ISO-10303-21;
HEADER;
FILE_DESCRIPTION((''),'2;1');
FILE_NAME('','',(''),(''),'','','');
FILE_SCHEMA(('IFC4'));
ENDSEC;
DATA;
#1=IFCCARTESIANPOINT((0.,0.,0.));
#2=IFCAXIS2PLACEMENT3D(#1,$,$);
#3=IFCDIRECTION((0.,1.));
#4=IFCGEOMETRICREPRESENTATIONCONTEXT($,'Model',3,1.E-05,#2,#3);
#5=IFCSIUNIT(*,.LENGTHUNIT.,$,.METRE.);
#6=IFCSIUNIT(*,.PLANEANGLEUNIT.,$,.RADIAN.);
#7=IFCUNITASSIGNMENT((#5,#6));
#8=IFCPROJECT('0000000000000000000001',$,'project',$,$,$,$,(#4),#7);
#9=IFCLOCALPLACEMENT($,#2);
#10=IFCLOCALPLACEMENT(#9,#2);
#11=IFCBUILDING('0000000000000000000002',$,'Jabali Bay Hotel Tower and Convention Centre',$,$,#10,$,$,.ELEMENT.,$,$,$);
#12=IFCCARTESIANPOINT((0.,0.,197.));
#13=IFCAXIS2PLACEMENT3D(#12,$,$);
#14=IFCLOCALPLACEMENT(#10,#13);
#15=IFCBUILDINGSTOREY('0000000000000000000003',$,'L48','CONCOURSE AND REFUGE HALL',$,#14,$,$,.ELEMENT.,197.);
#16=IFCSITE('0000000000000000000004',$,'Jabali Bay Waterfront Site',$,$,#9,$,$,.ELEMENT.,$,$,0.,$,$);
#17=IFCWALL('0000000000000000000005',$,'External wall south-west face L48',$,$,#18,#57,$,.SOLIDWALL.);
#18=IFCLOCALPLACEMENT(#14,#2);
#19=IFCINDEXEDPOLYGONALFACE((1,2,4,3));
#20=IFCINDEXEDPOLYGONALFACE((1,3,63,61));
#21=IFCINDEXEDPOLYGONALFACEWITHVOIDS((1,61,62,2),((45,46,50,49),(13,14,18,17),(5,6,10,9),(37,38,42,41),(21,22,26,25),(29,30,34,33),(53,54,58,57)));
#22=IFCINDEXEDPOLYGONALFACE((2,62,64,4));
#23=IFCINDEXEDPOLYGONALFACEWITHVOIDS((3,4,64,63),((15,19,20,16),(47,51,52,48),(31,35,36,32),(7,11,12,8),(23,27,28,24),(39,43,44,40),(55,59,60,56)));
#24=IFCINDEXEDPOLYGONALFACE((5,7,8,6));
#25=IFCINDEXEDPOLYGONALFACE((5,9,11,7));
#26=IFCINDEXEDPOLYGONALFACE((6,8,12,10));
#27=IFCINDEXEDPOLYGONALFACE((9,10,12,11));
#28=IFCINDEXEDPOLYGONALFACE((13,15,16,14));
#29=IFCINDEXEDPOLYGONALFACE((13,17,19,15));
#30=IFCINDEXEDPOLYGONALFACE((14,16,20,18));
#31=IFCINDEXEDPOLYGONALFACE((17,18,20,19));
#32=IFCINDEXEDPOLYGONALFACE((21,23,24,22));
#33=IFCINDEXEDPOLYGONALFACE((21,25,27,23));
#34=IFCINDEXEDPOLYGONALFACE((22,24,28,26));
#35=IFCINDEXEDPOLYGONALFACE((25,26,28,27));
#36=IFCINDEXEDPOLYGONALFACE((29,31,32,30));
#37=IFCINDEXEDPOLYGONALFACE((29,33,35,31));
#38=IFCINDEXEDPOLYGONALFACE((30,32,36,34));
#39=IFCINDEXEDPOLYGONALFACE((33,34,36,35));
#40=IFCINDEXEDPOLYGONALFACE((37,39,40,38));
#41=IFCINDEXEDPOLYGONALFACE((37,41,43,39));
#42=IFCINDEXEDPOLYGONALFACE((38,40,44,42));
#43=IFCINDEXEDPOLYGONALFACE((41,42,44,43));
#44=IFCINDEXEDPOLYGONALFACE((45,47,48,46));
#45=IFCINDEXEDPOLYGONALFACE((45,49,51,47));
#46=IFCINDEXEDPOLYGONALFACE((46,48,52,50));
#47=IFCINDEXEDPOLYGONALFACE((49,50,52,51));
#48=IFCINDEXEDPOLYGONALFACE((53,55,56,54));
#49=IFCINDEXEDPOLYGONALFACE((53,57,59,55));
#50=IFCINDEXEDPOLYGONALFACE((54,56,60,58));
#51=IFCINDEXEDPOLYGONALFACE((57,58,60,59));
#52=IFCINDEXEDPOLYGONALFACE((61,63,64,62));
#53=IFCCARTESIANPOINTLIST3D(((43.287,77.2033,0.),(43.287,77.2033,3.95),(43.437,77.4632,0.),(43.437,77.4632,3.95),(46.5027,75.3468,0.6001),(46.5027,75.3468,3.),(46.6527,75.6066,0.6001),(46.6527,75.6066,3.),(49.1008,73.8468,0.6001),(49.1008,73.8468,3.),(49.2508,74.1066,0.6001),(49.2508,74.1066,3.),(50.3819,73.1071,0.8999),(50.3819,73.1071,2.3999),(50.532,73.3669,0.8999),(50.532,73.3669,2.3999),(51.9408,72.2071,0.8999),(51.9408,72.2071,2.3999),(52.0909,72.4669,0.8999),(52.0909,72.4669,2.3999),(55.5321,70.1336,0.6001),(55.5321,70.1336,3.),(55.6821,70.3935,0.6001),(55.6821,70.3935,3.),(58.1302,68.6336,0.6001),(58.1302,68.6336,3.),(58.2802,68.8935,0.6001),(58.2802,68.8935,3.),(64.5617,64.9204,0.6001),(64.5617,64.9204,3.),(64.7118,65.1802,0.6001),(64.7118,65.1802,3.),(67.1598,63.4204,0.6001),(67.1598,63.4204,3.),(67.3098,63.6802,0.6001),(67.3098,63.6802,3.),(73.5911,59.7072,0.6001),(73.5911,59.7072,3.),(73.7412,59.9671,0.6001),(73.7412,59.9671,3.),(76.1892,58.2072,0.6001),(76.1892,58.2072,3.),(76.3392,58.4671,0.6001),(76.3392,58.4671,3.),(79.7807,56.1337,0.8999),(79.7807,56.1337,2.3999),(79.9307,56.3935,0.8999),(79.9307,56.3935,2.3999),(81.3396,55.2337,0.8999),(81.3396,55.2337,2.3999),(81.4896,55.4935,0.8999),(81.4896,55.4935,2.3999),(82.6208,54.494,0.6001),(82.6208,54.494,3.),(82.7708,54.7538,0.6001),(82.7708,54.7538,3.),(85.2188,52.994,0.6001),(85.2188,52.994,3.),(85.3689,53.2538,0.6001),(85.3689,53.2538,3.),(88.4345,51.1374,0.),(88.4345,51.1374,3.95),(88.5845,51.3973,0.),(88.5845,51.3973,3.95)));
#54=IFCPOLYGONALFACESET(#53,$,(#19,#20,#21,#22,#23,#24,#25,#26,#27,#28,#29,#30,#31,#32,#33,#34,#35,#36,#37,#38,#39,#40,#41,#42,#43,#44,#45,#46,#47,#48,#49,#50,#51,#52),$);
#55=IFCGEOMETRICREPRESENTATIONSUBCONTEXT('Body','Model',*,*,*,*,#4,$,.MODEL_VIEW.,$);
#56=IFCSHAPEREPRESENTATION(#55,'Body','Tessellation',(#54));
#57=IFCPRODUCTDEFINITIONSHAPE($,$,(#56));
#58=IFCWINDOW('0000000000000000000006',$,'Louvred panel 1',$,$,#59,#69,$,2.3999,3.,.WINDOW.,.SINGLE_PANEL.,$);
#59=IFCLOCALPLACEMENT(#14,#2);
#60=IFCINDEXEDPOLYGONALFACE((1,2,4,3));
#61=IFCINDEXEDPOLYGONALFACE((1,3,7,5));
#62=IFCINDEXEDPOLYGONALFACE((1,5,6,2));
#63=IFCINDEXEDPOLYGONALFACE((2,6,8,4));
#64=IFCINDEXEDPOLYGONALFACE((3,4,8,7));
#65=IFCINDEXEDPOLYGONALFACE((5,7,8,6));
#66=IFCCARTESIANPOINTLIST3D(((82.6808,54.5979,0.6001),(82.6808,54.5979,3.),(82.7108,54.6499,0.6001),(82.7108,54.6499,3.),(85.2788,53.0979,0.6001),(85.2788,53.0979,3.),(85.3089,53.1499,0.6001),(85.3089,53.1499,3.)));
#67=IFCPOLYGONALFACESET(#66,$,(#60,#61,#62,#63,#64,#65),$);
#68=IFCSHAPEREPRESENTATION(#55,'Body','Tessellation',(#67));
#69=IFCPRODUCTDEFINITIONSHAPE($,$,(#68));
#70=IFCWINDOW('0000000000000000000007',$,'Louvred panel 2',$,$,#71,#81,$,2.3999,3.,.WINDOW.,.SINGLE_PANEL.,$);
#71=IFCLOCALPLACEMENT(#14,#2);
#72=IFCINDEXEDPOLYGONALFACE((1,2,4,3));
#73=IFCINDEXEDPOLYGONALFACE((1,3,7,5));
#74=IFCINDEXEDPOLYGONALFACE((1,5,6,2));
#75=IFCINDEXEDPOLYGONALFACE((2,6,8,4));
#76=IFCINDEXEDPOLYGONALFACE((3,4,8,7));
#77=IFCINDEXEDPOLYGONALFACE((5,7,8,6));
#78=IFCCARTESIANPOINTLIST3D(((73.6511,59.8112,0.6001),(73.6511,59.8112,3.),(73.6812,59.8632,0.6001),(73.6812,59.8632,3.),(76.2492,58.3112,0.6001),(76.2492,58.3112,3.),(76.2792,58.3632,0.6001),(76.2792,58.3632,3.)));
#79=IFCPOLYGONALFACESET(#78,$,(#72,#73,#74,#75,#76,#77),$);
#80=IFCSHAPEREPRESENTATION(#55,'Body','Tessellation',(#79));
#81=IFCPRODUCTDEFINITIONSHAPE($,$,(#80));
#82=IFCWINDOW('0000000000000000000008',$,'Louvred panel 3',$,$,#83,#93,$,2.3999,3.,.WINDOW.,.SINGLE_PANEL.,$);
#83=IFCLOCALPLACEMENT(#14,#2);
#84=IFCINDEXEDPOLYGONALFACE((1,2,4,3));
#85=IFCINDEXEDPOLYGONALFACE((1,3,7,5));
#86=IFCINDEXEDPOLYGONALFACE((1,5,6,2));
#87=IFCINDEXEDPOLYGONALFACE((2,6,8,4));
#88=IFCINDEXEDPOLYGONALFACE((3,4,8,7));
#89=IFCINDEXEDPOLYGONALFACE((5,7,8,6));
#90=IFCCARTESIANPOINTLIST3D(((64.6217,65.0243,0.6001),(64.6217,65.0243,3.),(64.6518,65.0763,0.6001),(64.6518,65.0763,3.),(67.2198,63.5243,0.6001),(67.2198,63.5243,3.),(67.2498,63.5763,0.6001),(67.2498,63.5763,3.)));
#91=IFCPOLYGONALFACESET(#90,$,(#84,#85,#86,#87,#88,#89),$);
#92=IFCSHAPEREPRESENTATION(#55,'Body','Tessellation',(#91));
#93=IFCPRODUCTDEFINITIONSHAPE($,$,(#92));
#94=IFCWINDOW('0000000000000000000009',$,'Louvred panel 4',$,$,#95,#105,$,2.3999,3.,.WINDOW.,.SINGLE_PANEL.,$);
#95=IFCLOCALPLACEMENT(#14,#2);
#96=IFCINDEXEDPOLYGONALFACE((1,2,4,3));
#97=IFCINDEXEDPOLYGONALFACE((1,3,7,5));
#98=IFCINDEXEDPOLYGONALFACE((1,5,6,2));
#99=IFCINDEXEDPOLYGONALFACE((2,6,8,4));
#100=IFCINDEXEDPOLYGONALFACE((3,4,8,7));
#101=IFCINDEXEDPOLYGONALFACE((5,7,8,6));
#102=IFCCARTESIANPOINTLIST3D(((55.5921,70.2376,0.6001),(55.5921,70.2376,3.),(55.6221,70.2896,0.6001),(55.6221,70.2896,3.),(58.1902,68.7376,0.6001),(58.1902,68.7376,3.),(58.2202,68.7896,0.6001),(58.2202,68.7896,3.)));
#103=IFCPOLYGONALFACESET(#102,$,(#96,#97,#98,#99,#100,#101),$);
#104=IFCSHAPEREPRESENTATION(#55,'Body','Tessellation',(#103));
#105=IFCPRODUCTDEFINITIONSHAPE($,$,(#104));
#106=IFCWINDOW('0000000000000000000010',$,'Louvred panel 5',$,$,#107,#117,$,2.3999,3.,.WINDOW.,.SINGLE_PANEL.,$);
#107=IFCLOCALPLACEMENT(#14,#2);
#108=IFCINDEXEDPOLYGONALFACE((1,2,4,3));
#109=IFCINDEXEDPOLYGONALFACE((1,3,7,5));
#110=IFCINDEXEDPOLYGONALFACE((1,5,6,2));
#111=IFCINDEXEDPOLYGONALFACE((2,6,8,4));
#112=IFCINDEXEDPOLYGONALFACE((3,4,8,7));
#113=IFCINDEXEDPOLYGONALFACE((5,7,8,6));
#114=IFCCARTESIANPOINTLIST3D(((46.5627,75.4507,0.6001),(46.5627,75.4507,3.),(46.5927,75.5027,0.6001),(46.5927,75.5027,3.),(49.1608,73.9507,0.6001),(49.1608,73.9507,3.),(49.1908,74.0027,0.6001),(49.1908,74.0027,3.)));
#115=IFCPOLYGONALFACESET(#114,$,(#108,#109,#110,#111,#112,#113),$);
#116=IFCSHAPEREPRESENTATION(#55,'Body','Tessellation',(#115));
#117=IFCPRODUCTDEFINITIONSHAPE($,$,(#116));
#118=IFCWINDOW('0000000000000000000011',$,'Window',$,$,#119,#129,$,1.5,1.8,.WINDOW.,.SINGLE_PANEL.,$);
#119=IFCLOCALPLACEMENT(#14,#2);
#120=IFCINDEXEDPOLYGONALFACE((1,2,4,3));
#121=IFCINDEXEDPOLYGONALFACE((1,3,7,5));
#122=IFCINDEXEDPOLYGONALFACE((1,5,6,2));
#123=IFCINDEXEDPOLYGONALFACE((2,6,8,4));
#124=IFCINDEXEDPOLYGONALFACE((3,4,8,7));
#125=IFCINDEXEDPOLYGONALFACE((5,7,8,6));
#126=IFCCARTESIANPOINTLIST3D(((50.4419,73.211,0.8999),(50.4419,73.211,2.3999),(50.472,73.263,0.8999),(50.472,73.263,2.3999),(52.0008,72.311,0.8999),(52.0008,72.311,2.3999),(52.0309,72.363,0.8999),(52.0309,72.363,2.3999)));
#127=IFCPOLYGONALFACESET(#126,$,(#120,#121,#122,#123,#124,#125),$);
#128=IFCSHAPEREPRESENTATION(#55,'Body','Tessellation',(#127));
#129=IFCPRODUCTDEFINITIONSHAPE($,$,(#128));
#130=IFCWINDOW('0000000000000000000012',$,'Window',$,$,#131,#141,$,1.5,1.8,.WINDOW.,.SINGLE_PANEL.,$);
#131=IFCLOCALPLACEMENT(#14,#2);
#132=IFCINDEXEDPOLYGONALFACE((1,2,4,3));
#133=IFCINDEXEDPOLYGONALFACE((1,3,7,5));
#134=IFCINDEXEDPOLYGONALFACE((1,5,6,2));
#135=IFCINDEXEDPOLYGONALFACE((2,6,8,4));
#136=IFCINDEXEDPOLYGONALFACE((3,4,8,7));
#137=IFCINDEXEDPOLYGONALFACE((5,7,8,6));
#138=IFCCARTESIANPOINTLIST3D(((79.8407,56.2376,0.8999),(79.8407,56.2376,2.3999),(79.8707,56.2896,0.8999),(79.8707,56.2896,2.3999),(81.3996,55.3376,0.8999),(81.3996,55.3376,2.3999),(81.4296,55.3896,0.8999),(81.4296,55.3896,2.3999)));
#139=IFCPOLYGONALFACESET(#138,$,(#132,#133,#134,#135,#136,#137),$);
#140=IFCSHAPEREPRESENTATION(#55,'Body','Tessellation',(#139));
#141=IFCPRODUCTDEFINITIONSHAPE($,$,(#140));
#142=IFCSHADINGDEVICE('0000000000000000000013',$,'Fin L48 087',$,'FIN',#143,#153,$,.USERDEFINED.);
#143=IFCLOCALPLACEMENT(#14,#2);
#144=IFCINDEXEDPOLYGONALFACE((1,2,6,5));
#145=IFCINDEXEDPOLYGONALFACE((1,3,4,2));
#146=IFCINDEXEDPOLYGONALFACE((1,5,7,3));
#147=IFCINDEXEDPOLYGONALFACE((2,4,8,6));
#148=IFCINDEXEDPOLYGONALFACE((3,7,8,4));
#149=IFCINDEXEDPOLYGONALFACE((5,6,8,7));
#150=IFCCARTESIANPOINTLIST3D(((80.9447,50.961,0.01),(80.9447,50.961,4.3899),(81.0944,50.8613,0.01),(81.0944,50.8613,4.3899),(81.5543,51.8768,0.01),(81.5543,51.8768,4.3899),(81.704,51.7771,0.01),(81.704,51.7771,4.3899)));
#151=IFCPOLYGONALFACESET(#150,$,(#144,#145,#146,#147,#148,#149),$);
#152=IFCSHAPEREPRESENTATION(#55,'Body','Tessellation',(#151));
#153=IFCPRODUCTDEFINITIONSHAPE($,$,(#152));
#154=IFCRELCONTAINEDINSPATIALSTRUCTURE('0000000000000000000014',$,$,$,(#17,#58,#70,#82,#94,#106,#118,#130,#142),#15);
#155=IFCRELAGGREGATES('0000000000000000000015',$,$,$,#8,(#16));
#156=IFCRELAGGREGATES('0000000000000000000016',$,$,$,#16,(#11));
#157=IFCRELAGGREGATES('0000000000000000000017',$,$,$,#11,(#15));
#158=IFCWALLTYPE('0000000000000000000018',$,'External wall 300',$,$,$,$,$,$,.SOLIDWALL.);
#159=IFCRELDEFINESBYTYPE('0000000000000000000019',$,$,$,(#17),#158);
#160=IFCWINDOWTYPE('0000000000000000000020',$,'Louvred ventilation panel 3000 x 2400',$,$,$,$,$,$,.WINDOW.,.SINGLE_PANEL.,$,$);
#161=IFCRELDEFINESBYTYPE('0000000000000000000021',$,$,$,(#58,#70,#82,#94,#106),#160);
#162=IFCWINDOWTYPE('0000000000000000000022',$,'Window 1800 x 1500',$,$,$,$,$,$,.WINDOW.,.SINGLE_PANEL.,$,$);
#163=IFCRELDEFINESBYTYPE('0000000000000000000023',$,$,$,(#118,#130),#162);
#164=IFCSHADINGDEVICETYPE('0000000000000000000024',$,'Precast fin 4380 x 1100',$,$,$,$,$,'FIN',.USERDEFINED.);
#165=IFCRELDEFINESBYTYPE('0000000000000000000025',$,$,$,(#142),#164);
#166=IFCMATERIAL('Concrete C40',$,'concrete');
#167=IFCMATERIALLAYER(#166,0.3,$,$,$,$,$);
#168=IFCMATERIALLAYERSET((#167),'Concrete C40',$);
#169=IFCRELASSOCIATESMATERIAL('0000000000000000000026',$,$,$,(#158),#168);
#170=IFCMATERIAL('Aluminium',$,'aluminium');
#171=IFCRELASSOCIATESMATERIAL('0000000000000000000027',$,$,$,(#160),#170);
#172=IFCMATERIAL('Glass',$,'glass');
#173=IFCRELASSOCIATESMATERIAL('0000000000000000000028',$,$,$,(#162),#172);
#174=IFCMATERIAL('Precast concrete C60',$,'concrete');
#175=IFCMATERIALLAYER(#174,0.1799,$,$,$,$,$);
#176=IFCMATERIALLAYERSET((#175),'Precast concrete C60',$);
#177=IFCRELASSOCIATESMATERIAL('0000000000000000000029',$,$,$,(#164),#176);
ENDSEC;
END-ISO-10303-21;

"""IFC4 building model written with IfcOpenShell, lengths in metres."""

from ifc_helpers import new_model, si_unit, direction, frame, frame_2d, origin, place, context, subcontext, project, spatial, rectangle, extrude, material, layer, layer_set, type_object, element, fill, save


model = new_model("IFC4")

# Units and contexts
model_context = context("Model", 3, precision=1e-05, world=origin(), true_north=direction((0.0, 1.0)))
body_context = subcontext(model_context, "Body", "Model", "MODEL_VIEW")
ifc_project = project(units=[si_unit("LENGTHUNIT", "METRE"), si_unit("PLANEANGLEUNIT", "RADIAN")], contexts=[model_context])

# Site, building, storey
site_placement = place(None, origin())
site = spatial("IfcSite", under=ifc_project, at=site_placement, Name="Jabali Bay Waterfront Site", CompositionType="ELEMENT", RefElevation=0.0)
building_placement = place(site_placement, origin())
building = spatial("IfcBuilding", under=site, at=building_placement, Name="Jabali Bay Hotel Tower and Convention Centre", CompositionType="ELEMENT")
storey_placement = place(building_placement, frame((0.0, 0.0, 197.0)))
storey = spatial("IfcBuildingStorey", under=building, at=storey_placement, Name="L48", Description="CONCOURSE AND REFUGE HALL", CompositionType="ELEMENT", Elevation=197.0)

# Wall, openings, windows
ifc_material_1 = material(Name="Concrete C40", Category="concrete")
ifc_layer_1 = layer(ifc_material_1, 0.3)
ifc_layer_set_1 = layer_set([ifc_layer_1], Name="Concrete C40")
wall_type_1 = type_object("IfcWallType", Name="External wall 300", PredefinedType="SOLIDWALL", material=ifc_layer_set_1)
wall_1_placement = place(storey_placement, frame((88.5095, 51.2673, 0.0), z_axis=(0.0, 0.0, 1.0), x_axis=(-0.866025, 0.5, 0.0)))
wall_1 = element("IfcWall", 1, at=wall_1_placement, inside=storey, type_object=wall_type_1, Name="External wall south-west face L48", PredefinedType="SOLIDWALL", context=body_context, shape_type="SweptSolid", body=[
    extrude(rectangle(XDim=52.1318, YDim=0.3, at=frame_2d((26.0659, 0.0))), origin(), (0.0, 0.0, 1.0), 3.95),
])
opening_1_placement = place(wall_1_placement, frame((42.1394, 0.0, 0.8999)))
opening_1 = element("IfcOpeningElement", 2, at=opening_1_placement, cuts=wall_1, PredefinedType="OPENING", context=body_context, shape_type="SweptSolid", body=[
    extrude(rectangle(XDim=1.8, YDim=1.5, at=frame_2d((0.8999, 0.75))), frame((0.0, 0.1606, 0.0), z_axis=(0.0, -1.0, 0.0), x_axis=(1.0, 0.0, 0.0)), (0.0, 0.0, 1.0), 0.321),
])
opening_2_placement = place(wall_1_placement, frame((8.1926, 0.0, 0.8999)))
opening_2 = element("IfcOpeningElement", 3, at=opening_2_placement, cuts=wall_1, PredefinedType="OPENING", context=body_context, shape_type="SweptSolid", body=[
    extrude(rectangle(XDim=1.8, YDim=1.5, at=frame_2d((0.8999, 0.75))), frame((0.0, 0.1606, 0.0), z_axis=(0.0, -1.0, 0.0), x_axis=(1.0, 0.0, 0.0)), (0.0, 0.0, 1.0), 0.321),
])
opening_3_placement = place(wall_1_placement, frame((3.7131, 0.0, 0.6001)))
opening_3 = element("IfcOpeningElement", 4, at=opening_3_placement, cuts=wall_1, PredefinedType="OPENING", context=body_context, shape_type="SweptSolid", body=[
    extrude(rectangle(XDim=3.0, YDim=2.3999, at=frame_2d((1.5, 1.2))), frame((0.0, 0.1606, 0.0), z_axis=(0.0, -1.0, 0.0), x_axis=(1.0, 0.0, 0.0)), (0.0, 0.0, 1.0), 0.321),
])
opening_4_placement = place(wall_1_placement, frame((14.1396, 0.0, 0.6001)))
opening_4 = element("IfcOpeningElement", 5, at=opening_4_placement, cuts=wall_1, PredefinedType="OPENING", context=body_context, shape_type="SweptSolid", body=[
    extrude(rectangle(XDim=3.0, YDim=2.3999, at=frame_2d((1.5, 1.2))), frame((0.0, 0.1606, 0.0), z_axis=(0.0, -1.0, 0.0), x_axis=(1.0, 0.0, 0.0)), (0.0, 0.0, 1.0), 0.321),
])
opening_5_placement = place(wall_1_placement, frame((24.5659, 0.0, 0.6001)))
opening_5 = element("IfcOpeningElement", 6, at=opening_5_placement, cuts=wall_1, PredefinedType="OPENING", context=body_context, shape_type="SweptSolid", body=[
    extrude(rectangle(XDim=3.0, YDim=2.3999, at=frame_2d((1.5, 1.2))), frame((0.0, 0.1606, 0.0), z_axis=(0.0, -1.0, 0.0), x_axis=(1.0, 0.0, 0.0)), (0.0, 0.0, 1.0), 0.321),
])
opening_6_placement = place(wall_1_placement, frame((34.9924, 0.0, 0.6001)))
opening_6 = element("IfcOpeningElement", 7, at=opening_6_placement, cuts=wall_1, PredefinedType="OPENING", context=body_context, shape_type="SweptSolid", body=[
    extrude(rectangle(XDim=3.0, YDim=2.3999, at=frame_2d((1.5, 1.2))), frame((0.0, 0.1606, 0.0), z_axis=(0.0, -1.0, 0.0), x_axis=(1.0, 0.0, 0.0)), (0.0, 0.0, 1.0), 0.321),
])
opening_7_placement = place(wall_1_placement, frame((45.4187, 0.0, 0.6001)))
opening_7 = element("IfcOpeningElement", 8, at=opening_7_placement, cuts=wall_1, PredefinedType="OPENING", context=body_context, shape_type="SweptSolid", body=[
    extrude(rectangle(XDim=3.0, YDim=2.3999, at=frame_2d((1.5, 1.2))), frame((0.0, 0.1606, 0.0), z_axis=(0.0, -1.0, 0.0), x_axis=(1.0, 0.0, 0.0)), (0.0, 0.0, 1.0), 0.321),
])
ifc_material_2 = material(Name="Aluminium", Category="aluminium")
window_type_1 = type_object("IfcWindowType", Name="Louvred ventilation panel 3000 x 2400", PartitioningType="SINGLE_PANEL", PredefinedType="WINDOW", material=ifc_material_2)
window_1_placement = place(opening_3_placement, origin())
window_1 = element("IfcWindow", 9, at=window_1_placement, inside=storey, type_object=window_type_1, Name="Louvred panel 1", OverallHeight=2.3999, OverallWidth=3.0, PartitioningType="SINGLE_PANEL", PredefinedType="WINDOW", context=body_context, shape_type="SweptSolid", body=[
    extrude(rectangle(XDim=3.0, YDim=2.3999, at=frame_2d((1.5, 1.2))), frame((0.0, 0.03, 0.0), z_axis=(0.0, -1.0, 0.0), x_axis=(1.0, 0.0, 0.0)), (0.0, 0.0, 1.0), 0.0601),
])
fill(opening_3, window_1)
window_2_placement = place(opening_4_placement, origin())
window_2 = element("IfcWindow", 10, at=window_2_placement, inside=storey, type_object=window_type_1, Name="Louvred panel 2", OverallHeight=2.3999, OverallWidth=3.0, PartitioningType="SINGLE_PANEL", PredefinedType="WINDOW", context=body_context, shape_type="SweptSolid", body=[
    extrude(rectangle(XDim=3.0, YDim=2.3999, at=frame_2d((1.5, 1.2))), frame((0.0, 0.03, 0.0), z_axis=(0.0, -1.0, 0.0), x_axis=(1.0, 0.0, 0.0)), (0.0, 0.0, 1.0), 0.0601),
])
fill(opening_4, window_2)
window_3_placement = place(opening_5_placement, origin())
window_3 = element("IfcWindow", 11, at=window_3_placement, inside=storey, type_object=window_type_1, Name="Louvred panel 3", OverallHeight=2.3999, OverallWidth=3.0, PartitioningType="SINGLE_PANEL", PredefinedType="WINDOW", context=body_context, shape_type="SweptSolid", body=[
    extrude(rectangle(XDim=3.0, YDim=2.3999, at=frame_2d((1.5, 1.2))), frame((0.0, 0.03, 0.0), z_axis=(0.0, -1.0, 0.0), x_axis=(1.0, 0.0, 0.0)), (0.0, 0.0, 1.0), 0.0601),
])
fill(opening_5, window_3)
window_4_placement = place(opening_6_placement, origin())
window_4 = element("IfcWindow", 12, at=window_4_placement, inside=storey, type_object=window_type_1, Name="Louvred panel 4", OverallHeight=2.3999, OverallWidth=3.0, PartitioningType="SINGLE_PANEL", PredefinedType="WINDOW", context=body_context, shape_type="SweptSolid", body=[
    extrude(rectangle(XDim=3.0, YDim=2.3999, at=frame_2d((1.5, 1.2))), frame((0.0, 0.03, 0.0), z_axis=(0.0, -1.0, 0.0), x_axis=(1.0, 0.0, 0.0)), (0.0, 0.0, 1.0), 0.0601),
])
fill(opening_6, window_4)
window_5_placement = place(opening_7_placement, origin())
window_5 = element("IfcWindow", 13, at=window_5_placement, inside=storey, type_object=window_type_1, Name="Louvred panel 5", OverallHeight=2.3999, OverallWidth=3.0, PartitioningType="SINGLE_PANEL", PredefinedType="WINDOW", context=body_context, shape_type="SweptSolid", body=[
    extrude(rectangle(XDim=3.0, YDim=2.3999, at=frame_2d((1.5, 1.2))), frame((0.0, 0.03, 0.0), z_axis=(0.0, -1.0, 0.0), x_axis=(1.0, 0.0, 0.0)), (0.0, 0.0, 1.0), 0.0601),
])
fill(opening_7, window_5)
ifc_material_3 = material(Name="Glass", Category="glass")
window_type_2 = type_object("IfcWindowType", Name="Window 1800 x 1500", PartitioningType="SINGLE_PANEL", PredefinedType="WINDOW", material=ifc_material_3)
window_6_placement = place(opening_1_placement, origin())
window_6 = element("IfcWindow", 14, at=window_6_placement, inside=storey, type_object=window_type_2, Name="Window", OverallHeight=1.5, OverallWidth=1.8, PartitioningType="SINGLE_PANEL", PredefinedType="WINDOW", context=body_context, shape_type="SweptSolid", body=[
    extrude(rectangle(XDim=1.8, YDim=1.5, at=frame_2d((0.8999, 0.75))), frame((0.0, 0.03, 0.0), z_axis=(0.0, -1.0, 0.0), x_axis=(1.0, 0.0, 0.0)), (0.0, 0.0, 1.0), 0.0601),
])
fill(opening_1, window_6)
window_7_placement = place(opening_2_placement, origin())
window_7 = element("IfcWindow", 15, at=window_7_placement, inside=storey, type_object=window_type_2, Name="Window", OverallHeight=1.5, OverallWidth=1.8, PartitioningType="SINGLE_PANEL", PredefinedType="WINDOW", context=body_context, shape_type="SweptSolid", body=[
    extrude(rectangle(XDim=1.8, YDim=1.5, at=frame_2d((0.8999, 0.75))), frame((0.0, 0.03, 0.0), z_axis=(0.0, -1.0, 0.0), x_axis=(1.0, 0.0, 0.0)), (0.0, 0.0, 1.0), 0.0601),
])
fill(opening_2, window_7)

# Shading device
ifc_material_4 = material(Name="Precast concrete C60", Category="concrete")
ifc_layer_2 = layer(ifc_material_4, 0.1799)
ifc_layer_set_2 = layer_set([ifc_layer_2], Name="Precast concrete C60")
shading_device_type_1 = type_object("IfcShadingDeviceType", Name="Precast fin 4380 x 1100", ElementType="FIN", PredefinedType="USERDEFINED", material=ifc_layer_set_2)
shading_device_1_placement = place(storey_placement, frame((81.6292, 51.8269, 0.01), z_axis=(0.0, 0.0, 1.0), x_axis=(-0.554137, -0.832426, 0.0)))
element("IfcShadingDevice", 16, at=shading_device_1_placement, inside=storey, type_object=shading_device_type_1, Name="Fin L48 087", ObjectType="FIN", PredefinedType="USERDEFINED", context=body_context, shape_type="SweptSolid", body=[
    extrude(rectangle(XDim=1.1001, YDim=0.1799, at=frame_2d((0.55, 0.0))), origin(), (0.0, 0.0, 1.0), 4.3799),
])

save(model, "model.ifc")
